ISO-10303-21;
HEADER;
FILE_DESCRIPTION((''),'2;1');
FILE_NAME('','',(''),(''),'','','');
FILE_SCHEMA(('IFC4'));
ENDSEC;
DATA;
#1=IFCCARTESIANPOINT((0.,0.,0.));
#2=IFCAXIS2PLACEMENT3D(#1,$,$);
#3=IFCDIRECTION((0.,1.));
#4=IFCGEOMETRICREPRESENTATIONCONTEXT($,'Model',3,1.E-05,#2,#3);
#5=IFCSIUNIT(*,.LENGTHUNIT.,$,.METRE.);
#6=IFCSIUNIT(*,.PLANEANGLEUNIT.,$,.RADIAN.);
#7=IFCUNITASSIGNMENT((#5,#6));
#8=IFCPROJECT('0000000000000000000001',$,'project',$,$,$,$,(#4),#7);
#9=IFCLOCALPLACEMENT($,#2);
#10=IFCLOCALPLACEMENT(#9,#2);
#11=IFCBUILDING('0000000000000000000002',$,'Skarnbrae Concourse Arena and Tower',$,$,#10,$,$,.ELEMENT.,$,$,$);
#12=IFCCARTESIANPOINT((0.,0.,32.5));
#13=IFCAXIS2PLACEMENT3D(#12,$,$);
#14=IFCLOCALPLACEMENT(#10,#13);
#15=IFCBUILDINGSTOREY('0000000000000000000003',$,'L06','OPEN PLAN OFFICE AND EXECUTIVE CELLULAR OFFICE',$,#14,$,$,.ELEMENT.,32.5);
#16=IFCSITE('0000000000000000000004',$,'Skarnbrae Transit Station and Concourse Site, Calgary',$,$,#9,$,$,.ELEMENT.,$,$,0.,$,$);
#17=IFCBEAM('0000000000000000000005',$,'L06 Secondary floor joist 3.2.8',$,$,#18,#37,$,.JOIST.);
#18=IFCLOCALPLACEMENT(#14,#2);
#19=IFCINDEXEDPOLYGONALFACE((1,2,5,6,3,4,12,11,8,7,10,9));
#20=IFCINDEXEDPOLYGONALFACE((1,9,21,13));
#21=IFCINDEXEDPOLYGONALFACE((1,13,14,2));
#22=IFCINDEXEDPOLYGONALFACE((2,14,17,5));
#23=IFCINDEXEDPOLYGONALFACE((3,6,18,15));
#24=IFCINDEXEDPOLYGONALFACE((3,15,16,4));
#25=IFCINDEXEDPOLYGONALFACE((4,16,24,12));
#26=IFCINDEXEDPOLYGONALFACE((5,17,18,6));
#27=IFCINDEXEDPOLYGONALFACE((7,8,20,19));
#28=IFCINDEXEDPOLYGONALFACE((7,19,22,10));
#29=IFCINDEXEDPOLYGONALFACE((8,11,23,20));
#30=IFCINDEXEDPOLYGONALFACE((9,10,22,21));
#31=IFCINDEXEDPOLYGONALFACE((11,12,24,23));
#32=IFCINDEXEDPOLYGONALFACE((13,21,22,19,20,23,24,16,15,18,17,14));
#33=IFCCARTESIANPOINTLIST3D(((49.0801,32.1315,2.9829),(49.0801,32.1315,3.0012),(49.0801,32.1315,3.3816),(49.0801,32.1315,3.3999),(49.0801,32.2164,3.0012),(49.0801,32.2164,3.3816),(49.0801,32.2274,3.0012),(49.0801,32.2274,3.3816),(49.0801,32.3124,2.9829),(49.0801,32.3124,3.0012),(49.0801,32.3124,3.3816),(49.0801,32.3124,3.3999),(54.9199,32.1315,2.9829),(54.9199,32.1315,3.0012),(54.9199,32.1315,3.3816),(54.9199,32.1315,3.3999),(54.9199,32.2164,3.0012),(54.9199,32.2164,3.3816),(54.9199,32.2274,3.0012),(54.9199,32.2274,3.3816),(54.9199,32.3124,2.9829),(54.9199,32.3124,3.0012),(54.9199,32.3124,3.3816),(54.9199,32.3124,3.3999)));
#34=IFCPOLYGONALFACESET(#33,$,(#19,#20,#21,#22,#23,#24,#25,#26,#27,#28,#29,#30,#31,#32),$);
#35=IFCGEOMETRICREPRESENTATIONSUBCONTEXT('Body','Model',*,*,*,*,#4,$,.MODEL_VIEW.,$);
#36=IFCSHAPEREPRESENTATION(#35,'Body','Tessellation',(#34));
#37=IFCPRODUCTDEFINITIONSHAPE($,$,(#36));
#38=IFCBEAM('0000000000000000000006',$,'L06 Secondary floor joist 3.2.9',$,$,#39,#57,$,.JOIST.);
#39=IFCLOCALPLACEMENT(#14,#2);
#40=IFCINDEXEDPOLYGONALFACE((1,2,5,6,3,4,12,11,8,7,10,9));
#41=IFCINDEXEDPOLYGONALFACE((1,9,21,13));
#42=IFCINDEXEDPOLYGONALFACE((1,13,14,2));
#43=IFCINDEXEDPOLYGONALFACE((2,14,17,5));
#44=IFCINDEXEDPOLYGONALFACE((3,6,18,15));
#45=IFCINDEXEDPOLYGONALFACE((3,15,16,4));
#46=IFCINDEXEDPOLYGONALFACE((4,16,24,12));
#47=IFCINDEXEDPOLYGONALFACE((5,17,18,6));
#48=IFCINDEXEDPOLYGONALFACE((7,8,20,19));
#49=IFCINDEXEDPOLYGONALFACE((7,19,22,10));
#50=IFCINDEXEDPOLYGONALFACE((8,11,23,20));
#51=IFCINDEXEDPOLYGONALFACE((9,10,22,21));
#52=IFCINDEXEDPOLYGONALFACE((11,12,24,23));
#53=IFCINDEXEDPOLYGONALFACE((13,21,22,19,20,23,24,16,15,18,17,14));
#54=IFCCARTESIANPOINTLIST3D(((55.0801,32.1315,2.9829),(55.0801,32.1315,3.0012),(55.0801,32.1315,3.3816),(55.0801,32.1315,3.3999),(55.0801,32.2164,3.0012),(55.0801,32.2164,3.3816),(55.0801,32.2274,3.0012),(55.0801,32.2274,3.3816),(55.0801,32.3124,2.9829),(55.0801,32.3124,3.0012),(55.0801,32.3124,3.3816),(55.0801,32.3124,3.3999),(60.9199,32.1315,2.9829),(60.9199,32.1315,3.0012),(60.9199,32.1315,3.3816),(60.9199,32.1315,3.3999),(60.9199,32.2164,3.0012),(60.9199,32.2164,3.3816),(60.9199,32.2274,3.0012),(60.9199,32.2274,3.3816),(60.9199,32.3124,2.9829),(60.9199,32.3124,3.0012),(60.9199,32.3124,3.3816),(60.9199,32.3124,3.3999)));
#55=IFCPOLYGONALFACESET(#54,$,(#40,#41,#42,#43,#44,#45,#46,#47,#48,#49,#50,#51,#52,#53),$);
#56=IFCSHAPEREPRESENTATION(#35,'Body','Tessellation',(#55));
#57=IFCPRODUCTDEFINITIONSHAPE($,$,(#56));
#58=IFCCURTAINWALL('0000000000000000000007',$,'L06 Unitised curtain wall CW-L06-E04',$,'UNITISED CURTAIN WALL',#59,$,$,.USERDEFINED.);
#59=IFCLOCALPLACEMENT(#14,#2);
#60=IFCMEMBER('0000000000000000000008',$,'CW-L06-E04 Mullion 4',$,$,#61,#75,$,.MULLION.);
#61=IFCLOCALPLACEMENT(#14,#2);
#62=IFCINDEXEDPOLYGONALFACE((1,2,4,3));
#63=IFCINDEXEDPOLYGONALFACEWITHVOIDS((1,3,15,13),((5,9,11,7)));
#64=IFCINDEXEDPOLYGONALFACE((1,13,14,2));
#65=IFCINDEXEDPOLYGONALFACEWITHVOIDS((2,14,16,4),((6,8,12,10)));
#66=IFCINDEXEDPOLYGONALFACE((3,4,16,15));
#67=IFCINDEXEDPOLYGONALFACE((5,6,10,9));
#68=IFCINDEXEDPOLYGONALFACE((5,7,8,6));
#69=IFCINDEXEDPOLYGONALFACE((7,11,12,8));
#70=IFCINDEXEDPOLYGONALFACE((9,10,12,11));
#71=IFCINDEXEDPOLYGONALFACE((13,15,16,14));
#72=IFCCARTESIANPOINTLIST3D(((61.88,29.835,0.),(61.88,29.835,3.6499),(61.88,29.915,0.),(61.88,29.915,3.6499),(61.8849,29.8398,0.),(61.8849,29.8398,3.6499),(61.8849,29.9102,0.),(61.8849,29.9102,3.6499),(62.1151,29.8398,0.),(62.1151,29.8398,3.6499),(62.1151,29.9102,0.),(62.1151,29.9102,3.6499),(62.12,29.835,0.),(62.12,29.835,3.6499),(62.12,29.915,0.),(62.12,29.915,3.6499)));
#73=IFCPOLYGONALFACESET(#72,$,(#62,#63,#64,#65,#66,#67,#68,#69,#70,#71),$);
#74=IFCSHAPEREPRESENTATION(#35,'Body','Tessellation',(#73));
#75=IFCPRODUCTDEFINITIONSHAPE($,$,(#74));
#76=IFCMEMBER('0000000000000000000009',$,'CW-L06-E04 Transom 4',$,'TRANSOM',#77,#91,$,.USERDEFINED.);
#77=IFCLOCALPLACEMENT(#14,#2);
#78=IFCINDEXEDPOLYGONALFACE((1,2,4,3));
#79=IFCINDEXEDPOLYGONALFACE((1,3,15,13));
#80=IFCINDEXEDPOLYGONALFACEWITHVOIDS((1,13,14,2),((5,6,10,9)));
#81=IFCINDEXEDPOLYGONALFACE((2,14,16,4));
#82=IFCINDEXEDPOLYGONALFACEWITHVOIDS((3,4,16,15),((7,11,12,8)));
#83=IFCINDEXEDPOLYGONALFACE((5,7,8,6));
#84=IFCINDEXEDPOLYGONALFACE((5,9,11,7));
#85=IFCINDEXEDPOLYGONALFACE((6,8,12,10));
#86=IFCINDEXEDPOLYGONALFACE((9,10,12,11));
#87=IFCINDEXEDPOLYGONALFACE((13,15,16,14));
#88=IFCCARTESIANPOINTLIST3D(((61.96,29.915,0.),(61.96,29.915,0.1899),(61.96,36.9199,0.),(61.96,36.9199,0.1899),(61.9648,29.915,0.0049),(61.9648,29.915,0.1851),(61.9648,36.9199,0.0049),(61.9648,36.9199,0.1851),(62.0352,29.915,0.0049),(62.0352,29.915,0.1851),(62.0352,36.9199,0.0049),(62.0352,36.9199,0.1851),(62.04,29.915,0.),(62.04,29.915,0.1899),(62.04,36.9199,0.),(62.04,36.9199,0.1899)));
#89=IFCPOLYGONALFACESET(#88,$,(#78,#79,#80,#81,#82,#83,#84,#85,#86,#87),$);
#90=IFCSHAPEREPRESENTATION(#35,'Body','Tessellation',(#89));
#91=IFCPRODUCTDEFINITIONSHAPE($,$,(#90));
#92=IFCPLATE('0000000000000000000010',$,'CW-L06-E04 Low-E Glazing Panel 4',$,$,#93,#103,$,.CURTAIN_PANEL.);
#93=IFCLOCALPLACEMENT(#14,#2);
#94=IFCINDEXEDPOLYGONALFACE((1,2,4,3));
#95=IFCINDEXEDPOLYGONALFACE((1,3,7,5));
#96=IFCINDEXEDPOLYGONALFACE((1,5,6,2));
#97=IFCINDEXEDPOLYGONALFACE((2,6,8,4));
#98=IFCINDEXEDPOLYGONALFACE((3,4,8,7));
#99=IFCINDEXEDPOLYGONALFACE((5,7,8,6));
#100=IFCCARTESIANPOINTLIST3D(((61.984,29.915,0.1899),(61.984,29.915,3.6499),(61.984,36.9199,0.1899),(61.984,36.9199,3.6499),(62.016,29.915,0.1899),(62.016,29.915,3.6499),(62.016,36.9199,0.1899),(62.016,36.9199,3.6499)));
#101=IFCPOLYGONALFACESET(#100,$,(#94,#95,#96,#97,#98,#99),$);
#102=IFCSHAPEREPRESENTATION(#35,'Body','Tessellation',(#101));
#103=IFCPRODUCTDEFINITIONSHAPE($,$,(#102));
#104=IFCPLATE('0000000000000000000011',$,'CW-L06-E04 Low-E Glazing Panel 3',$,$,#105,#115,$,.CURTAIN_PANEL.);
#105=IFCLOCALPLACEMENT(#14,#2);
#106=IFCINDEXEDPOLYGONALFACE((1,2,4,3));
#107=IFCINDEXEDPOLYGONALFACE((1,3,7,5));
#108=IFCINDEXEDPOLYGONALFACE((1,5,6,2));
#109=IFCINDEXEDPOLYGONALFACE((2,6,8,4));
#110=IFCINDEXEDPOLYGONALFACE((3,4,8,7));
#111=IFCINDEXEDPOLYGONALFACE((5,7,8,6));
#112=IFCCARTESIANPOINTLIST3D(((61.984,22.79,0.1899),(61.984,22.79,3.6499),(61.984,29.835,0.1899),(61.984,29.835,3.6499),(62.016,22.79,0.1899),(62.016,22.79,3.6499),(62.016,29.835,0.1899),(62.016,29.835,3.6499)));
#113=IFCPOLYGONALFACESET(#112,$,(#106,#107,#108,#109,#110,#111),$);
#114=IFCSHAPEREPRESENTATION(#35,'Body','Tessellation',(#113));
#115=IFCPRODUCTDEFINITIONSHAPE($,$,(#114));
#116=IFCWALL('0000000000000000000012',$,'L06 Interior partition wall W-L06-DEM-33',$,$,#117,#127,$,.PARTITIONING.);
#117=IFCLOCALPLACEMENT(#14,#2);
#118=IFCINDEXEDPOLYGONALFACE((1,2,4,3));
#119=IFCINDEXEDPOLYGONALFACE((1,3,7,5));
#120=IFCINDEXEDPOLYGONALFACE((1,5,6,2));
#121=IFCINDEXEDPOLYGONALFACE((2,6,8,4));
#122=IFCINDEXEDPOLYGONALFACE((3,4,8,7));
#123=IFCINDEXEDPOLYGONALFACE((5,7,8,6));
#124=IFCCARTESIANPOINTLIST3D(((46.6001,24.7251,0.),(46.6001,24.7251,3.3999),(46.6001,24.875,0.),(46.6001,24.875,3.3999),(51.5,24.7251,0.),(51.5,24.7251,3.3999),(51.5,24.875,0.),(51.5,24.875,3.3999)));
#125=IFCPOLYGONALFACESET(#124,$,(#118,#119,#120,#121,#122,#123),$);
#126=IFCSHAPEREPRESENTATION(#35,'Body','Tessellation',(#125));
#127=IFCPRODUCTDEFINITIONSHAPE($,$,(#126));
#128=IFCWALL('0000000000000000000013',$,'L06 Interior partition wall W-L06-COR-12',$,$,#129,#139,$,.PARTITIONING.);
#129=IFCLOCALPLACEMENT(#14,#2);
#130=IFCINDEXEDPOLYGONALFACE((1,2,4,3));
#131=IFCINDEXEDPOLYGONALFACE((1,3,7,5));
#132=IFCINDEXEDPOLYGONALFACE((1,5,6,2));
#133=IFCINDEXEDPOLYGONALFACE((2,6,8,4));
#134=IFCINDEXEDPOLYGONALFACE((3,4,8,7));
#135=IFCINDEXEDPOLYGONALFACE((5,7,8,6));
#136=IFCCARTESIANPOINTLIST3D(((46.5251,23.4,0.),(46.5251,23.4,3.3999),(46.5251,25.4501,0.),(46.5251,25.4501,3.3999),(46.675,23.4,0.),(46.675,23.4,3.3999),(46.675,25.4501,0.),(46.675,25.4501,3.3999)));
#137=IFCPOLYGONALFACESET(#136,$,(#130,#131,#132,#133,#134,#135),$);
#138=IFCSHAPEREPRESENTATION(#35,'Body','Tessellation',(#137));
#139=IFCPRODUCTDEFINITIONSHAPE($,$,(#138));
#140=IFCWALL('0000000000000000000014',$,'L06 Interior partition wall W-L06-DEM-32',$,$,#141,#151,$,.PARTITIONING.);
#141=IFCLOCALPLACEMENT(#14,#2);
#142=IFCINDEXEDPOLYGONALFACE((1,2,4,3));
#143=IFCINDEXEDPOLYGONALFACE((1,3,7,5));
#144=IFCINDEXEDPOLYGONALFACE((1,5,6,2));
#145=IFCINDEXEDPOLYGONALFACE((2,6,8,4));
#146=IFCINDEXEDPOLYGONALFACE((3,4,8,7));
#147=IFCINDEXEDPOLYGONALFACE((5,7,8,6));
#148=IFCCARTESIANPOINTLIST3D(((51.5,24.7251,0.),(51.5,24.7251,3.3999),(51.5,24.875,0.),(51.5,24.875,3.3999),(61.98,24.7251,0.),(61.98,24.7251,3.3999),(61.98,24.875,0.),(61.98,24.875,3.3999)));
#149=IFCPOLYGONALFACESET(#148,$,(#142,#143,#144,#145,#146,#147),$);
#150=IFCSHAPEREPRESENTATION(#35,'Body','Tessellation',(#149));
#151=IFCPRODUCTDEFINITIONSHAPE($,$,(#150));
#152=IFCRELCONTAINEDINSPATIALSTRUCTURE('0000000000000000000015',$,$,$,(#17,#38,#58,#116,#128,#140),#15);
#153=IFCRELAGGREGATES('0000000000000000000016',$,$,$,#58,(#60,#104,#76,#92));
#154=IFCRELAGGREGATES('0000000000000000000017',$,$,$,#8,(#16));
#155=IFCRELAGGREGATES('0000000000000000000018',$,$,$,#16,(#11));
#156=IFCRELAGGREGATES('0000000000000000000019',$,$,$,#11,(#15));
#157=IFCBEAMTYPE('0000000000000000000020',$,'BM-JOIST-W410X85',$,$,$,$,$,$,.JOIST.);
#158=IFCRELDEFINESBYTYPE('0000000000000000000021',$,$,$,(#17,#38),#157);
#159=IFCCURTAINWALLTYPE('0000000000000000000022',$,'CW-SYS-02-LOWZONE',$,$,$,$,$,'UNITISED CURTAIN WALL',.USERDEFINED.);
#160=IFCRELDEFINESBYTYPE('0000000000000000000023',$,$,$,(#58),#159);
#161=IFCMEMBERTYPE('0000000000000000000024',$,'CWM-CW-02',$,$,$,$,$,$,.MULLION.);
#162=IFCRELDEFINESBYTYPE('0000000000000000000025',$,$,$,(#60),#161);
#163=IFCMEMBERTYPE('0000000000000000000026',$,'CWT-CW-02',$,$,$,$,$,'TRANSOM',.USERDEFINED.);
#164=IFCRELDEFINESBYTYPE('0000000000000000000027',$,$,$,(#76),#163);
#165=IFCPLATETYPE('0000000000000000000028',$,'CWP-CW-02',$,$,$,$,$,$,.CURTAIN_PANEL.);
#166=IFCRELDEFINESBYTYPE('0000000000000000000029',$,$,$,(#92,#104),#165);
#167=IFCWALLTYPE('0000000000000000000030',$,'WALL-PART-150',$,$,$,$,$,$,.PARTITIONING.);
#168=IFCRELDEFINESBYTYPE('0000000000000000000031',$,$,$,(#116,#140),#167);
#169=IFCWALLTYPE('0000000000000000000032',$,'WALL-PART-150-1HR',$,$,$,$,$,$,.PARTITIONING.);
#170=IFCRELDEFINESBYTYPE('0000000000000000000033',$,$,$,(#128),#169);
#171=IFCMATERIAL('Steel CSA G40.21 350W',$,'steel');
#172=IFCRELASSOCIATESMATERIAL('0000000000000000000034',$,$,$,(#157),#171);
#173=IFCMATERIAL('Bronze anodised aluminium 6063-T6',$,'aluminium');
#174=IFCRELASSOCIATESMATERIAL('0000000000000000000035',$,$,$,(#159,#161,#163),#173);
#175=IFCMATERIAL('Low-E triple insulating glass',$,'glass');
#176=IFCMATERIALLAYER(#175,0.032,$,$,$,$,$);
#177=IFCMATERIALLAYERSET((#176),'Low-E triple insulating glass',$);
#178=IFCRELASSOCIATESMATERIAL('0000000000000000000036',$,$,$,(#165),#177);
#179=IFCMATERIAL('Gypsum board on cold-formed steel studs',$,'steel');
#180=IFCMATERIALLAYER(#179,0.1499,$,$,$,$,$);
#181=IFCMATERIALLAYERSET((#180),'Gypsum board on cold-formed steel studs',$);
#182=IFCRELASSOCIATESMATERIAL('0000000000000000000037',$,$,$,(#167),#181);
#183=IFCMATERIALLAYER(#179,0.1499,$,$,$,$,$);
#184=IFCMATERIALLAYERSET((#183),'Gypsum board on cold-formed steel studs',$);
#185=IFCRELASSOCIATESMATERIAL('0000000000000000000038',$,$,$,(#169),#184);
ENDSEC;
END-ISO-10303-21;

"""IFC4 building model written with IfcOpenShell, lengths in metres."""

from ifc_helpers import new_model, si_unit, direction, frame, frame_2d, origin, origin_2d, place, context, subcontext, project, spatial, rectangle, hollow_rectangle, i_section, extrude, source, transform, mapped, material, layer, layer_set, material_profile, profile_set, type_object, element, aggregate, save


model = new_model("IFC4")

# Units and contexts
model_context = context("Model", 3, precision=1e-05, world=origin(), true_north=direction((0.0, 1.0)))
body_context = subcontext(model_context, "Body", "Model", "MODEL_VIEW")
ifc_project = project(units=[si_unit("LENGTHUNIT", "METRE"), si_unit("PLANEANGLEUNIT", "RADIAN")], contexts=[model_context])

# Site, building, storey
site_placement = place(None, origin())
site = spatial("IfcSite", under=ifc_project, at=site_placement, Name="Skarnbrae Transit Station and Concourse Site, Calgary", CompositionType="ELEMENT", RefElevation=0.0)
building_placement = place(site_placement, origin())
building = spatial("IfcBuilding", under=site, at=building_placement, Name="Skarnbrae Concourse Arena and Tower", CompositionType="ELEMENT")
storey_placement = place(building_placement, frame((0.0, 0.0, 32.5)))
storey = spatial("IfcBuildingStorey", under=building, at=storey_placement, Name="L06", Description="OPEN PLAN OFFICE AND EXECUTIVE CELLULAR OFFICE", CompositionType="ELEMENT", Elevation=32.5)

# Shared definitions
ifc_material_1 = material(Name="Steel CSA G40.21 350W", Category="steel")

# Beams
ifc_material_profile_1 = material_profile(ifc_material_1, i_section(OverallWidth=0.1809, OverallDepth=0.417, WebThickness=0.011, FlangeThickness=0.0183, at=origin_2d()), Name="W410X85")
ifc_profile_set_1 = profile_set([ifc_material_profile_1], Name="Steel CSA G40.21 350W")
beam_type_1 = type_object("IfcBeamType", Name="BM-JOIST-W410X85", PredefinedType="JOIST", material=ifc_profile_set_1)
shared_shape_1 = source(origin(), body_context, "Body", "SweptSolid", [
    extrude(i_section(OverallWidth=0.1809, OverallDepth=0.417, WebThickness=0.011, FlangeThickness=0.0183, at=origin_2d()), origin(), (0.0, 0.0, 1.0), 5.8398),
])
for number, where, z_axis, x_axis, name in (
    (1, (49.0801, 32.2219, 3.1914), (1.0, 0.0, 0.0), (0.0, 1.0, 0.0), "L06 Secondary floor joist 3.2.8"),
    (2, (55.0801, 32.2219, 3.1914), (1.0, 0.0, 0.0), (0.0, 1.0, 0.0), "L06 Secondary floor joist 3.2.9"),
):
    element("IfcBeam", number, at=place(storey_placement, frame(where, z_axis=z_axis, x_axis=x_axis)), inside=storey, type_object=beam_type_1, Name=name, PredefinedType="JOIST", context=body_context, shape_type="MappedRepresentation", body=[
        mapped(shared_shape_1, transform((0.0, 0.0, 0.0))),
    ])

# Curtain wall, members, plates
ifc_material_2 = material(Name="Bronze anodised aluminium 6063-T6", Category="aluminium")
curtain_wall_type = type_object("IfcCurtainWallType", Name="CW-SYS-02-LOWZONE", ElementType="UNITISED CURTAIN WALL", PredefinedType="USERDEFINED", material=ifc_material_2)
curtain_wall_placement = place(storey_placement, origin())
curtain_wall = element("IfcCurtainWall", 3, at=curtain_wall_placement, inside=storey, type_object=curtain_wall_type, Name="L06 Unitised curtain wall CW-L06-E04", ObjectType="UNITISED CURTAIN WALL", PredefinedType="USERDEFINED")
ifc_material_profile_2 = material_profile(ifc_material_2, hollow_rectangle(XDim=0.0801, YDim=0.24, WallThickness=0.0049, at=origin_2d()), Name="ALU-MULL-80X240")
ifc_profile_set_2 = profile_set([ifc_material_profile_2], Name="Bronze anodised aluminium 6063-T6")
member_type_1 = type_object("IfcMemberType", Name="CWM-CW-02", PredefinedType="MULLION", material=ifc_profile_set_2)
shared_shape_2 = source(origin(), body_context, "Body", "SweptSolid", [
    extrude(hollow_rectangle(XDim=0.0801, YDim=0.24, WallThickness=0.0049, at=origin_2d()), origin(), (0.0, 0.0, 1.0), 3.6499),
])
member_1_placement = place(storey_placement, frame((62.0, 29.875, 0.0), z_axis=(0.0, 0.0, 1.0), x_axis=(0.0, 1.0, 0.0)))
member_1 = element("IfcMember", 4, at=member_1_placement, type_object=member_type_1, Name="CW-L06-E04 Mullion 4", PredefinedType="MULLION", context=body_context, shape_type="MappedRepresentation", body=[
    mapped(shared_shape_2, transform((0.0, 0.0, 0.0))),
])
ifc_material_profile_3 = material_profile(ifc_material_2, hollow_rectangle(XDim=0.0801, YDim=0.1899, WallThickness=0.0049, at=origin_2d()), Name="ALU-TRAN-80X190")
ifc_profile_set_3 = profile_set([ifc_material_profile_3], Name="Bronze anodised aluminium 6063-T6")
member_type_2 = type_object("IfcMemberType", Name="CWT-CW-02", ElementType="TRANSOM", PredefinedType="USERDEFINED", material=ifc_profile_set_3)
shared_shape_3 = source(origin(), body_context, "Body", "SweptSolid", [
    extrude(hollow_rectangle(XDim=0.0801, YDim=0.1899, WallThickness=0.0049, at=origin_2d()), origin(), (0.0, 0.0, 1.0), 7.0049),
])
member_2_placement = place(storey_placement, frame((62.0, 29.915, 0.095), z_axis=(0.0, 1.0, 0.0), x_axis=(-1.0, 0.0, 0.0)))
member_2 = element("IfcMember", 5, at=member_2_placement, type_object=member_type_2, Name="CW-L06-E04 Transom 4", ObjectType="TRANSOM", PredefinedType="USERDEFINED", context=body_context, shape_type="MappedRepresentation", body=[
    mapped(shared_shape_3, transform((0.0, 0.0, 0.0))),
])
ifc_material_3 = material(Name="Low-E triple insulating glass", Category="glass")
ifc_layer_1 = layer(ifc_material_3, 0.032)
ifc_layer_set_1 = layer_set([ifc_layer_1], Name="Low-E triple insulating glass")
plate_type = type_object("IfcPlateType", Name="CWP-CW-02", PredefinedType="CURTAIN_PANEL", material=ifc_layer_set_1)
shared_shape_4 = source(origin(), body_context, "Body", "SweptSolid", [
    extrude(rectangle(XDim=7.0049, YDim=0.032, at=origin_2d()), origin(), (0.0, 0.0, 1.0), 3.46),
])
plate_1_placement = place(storey_placement, frame((62.0, 33.4175, 0.1899), z_axis=(0.0, 0.0, 1.0), x_axis=(0.0, 1.0, 0.0)))
plate_1 = element("IfcPlate", 6, at=plate_1_placement, type_object=plate_type, Name="CW-L06-E04 Low-E Glazing Panel 4", PredefinedType="CURTAIN_PANEL", context=body_context, shape_type="MappedRepresentation", body=[
    mapped(shared_shape_4, transform((0.0, 0.0, 0.0))),
])
shared_shape_5 = source(origin(), body_context, "Body", "SweptSolid", [
    extrude(rectangle(XDim=7.0449, YDim=0.032, at=origin_2d()), origin(), (0.0, 0.0, 1.0), 3.46),
])
plate_2_placement = place(storey_placement, frame((62.0, 26.3125, 0.1899), z_axis=(0.0, 0.0, 1.0), x_axis=(0.0, 1.0, 0.0)))
plate_2 = element("IfcPlate", 7, at=plate_2_placement, type_object=plate_type, Name="CW-L06-E04 Low-E Glazing Panel 3", PredefinedType="CURTAIN_PANEL", context=body_context, shape_type="MappedRepresentation", body=[
    mapped(shared_shape_5, transform((0.0, 0.0, 0.0))),
])
aggregate(curtain_wall, [member_1, plate_2, member_2, plate_1])

# Walls
ifc_material_4 = material(Name="Gypsum board on cold-formed steel studs", Category="steel")
ifc_layer_2 = layer(ifc_material_4, 0.1499)
ifc_layer_set_2 = layer_set([ifc_layer_2], Name="Gypsum board on cold-formed steel studs")
wall_type_1 = type_object("IfcWallType", Name="WALL-PART-150", PredefinedType="PARTITIONING", material=ifc_layer_set_2)
shared_shape_6 = source(origin(), body_context, "Body", "SweptSolid", [
    extrude(rectangle(XDim=4.8999, YDim=0.1499, at=frame_2d((2.45, 0.0))), origin(), (0.0, 0.0, 1.0), 3.3999),
])
wall_1_placement = place(storey_placement, frame((51.5, 24.8, 0.0), z_axis=(0.0, 0.0, 1.0), x_axis=(-1.0, 0.0, 0.0)))
element("IfcWall", 8, at=wall_1_placement, inside=storey, type_object=wall_type_1, Name="L06 Interior partition wall W-L06-DEM-33", PredefinedType="PARTITIONING", context=body_context, shape_type="MappedRepresentation", body=[
    mapped(shared_shape_6, transform((0.0, 0.0, 0.0))),
])
ifc_layer_3 = layer(ifc_material_4, 0.1499)
ifc_layer_set_3 = layer_set([ifc_layer_3], Name="Gypsum board on cold-formed steel studs")
wall_type_2 = type_object("IfcWallType", Name="WALL-PART-150-1HR", PredefinedType="PARTITIONING", material=ifc_layer_set_3)
shared_shape_7 = source(origin(), body_context, "Body", "SweptSolid", [
    extrude(rectangle(XDim=2.05, YDim=0.1499, at=frame_2d((1.0249, 0.0))), origin(), (0.0, 0.0, 1.0), 3.3999),
])
wall_2_placement = place(storey_placement, frame((46.6001, 25.45, 0.0), z_axis=(0.0, 0.0, 1.0), x_axis=(0.0, -1.0, 0.0)))
element("IfcWall", 9, at=wall_2_placement, inside=storey, type_object=wall_type_2, Name="L06 Interior partition wall W-L06-COR-12", PredefinedType="PARTITIONING", context=body_context, shape_type="MappedRepresentation", body=[
    mapped(shared_shape_7, transform((0.0, 0.0, 0.0))),
])
shared_shape_8 = source(origin(), body_context, "Body", "SweptSolid", [
    extrude(rectangle(XDim=10.48, YDim=0.1499, at=frame_2d((5.24, 0.0))), origin(), (0.0, 0.0, 1.0), 3.3999),
])
wall_3_placement = place(storey_placement, frame((61.98, 24.8, 0.0), z_axis=(0.0, 0.0, 1.0), x_axis=(-1.0, 0.0, 0.0)))
element("IfcWall", 10, at=wall_3_placement, inside=storey, type_object=wall_type_1, Name="L06 Interior partition wall W-L06-DEM-32", PredefinedType="PARTITIONING", context=body_context, shape_type="MappedRepresentation", body=[
    mapped(shared_shape_8, transform((0.0, 0.0, 0.0))),
])

save(model, "model.ifc")
